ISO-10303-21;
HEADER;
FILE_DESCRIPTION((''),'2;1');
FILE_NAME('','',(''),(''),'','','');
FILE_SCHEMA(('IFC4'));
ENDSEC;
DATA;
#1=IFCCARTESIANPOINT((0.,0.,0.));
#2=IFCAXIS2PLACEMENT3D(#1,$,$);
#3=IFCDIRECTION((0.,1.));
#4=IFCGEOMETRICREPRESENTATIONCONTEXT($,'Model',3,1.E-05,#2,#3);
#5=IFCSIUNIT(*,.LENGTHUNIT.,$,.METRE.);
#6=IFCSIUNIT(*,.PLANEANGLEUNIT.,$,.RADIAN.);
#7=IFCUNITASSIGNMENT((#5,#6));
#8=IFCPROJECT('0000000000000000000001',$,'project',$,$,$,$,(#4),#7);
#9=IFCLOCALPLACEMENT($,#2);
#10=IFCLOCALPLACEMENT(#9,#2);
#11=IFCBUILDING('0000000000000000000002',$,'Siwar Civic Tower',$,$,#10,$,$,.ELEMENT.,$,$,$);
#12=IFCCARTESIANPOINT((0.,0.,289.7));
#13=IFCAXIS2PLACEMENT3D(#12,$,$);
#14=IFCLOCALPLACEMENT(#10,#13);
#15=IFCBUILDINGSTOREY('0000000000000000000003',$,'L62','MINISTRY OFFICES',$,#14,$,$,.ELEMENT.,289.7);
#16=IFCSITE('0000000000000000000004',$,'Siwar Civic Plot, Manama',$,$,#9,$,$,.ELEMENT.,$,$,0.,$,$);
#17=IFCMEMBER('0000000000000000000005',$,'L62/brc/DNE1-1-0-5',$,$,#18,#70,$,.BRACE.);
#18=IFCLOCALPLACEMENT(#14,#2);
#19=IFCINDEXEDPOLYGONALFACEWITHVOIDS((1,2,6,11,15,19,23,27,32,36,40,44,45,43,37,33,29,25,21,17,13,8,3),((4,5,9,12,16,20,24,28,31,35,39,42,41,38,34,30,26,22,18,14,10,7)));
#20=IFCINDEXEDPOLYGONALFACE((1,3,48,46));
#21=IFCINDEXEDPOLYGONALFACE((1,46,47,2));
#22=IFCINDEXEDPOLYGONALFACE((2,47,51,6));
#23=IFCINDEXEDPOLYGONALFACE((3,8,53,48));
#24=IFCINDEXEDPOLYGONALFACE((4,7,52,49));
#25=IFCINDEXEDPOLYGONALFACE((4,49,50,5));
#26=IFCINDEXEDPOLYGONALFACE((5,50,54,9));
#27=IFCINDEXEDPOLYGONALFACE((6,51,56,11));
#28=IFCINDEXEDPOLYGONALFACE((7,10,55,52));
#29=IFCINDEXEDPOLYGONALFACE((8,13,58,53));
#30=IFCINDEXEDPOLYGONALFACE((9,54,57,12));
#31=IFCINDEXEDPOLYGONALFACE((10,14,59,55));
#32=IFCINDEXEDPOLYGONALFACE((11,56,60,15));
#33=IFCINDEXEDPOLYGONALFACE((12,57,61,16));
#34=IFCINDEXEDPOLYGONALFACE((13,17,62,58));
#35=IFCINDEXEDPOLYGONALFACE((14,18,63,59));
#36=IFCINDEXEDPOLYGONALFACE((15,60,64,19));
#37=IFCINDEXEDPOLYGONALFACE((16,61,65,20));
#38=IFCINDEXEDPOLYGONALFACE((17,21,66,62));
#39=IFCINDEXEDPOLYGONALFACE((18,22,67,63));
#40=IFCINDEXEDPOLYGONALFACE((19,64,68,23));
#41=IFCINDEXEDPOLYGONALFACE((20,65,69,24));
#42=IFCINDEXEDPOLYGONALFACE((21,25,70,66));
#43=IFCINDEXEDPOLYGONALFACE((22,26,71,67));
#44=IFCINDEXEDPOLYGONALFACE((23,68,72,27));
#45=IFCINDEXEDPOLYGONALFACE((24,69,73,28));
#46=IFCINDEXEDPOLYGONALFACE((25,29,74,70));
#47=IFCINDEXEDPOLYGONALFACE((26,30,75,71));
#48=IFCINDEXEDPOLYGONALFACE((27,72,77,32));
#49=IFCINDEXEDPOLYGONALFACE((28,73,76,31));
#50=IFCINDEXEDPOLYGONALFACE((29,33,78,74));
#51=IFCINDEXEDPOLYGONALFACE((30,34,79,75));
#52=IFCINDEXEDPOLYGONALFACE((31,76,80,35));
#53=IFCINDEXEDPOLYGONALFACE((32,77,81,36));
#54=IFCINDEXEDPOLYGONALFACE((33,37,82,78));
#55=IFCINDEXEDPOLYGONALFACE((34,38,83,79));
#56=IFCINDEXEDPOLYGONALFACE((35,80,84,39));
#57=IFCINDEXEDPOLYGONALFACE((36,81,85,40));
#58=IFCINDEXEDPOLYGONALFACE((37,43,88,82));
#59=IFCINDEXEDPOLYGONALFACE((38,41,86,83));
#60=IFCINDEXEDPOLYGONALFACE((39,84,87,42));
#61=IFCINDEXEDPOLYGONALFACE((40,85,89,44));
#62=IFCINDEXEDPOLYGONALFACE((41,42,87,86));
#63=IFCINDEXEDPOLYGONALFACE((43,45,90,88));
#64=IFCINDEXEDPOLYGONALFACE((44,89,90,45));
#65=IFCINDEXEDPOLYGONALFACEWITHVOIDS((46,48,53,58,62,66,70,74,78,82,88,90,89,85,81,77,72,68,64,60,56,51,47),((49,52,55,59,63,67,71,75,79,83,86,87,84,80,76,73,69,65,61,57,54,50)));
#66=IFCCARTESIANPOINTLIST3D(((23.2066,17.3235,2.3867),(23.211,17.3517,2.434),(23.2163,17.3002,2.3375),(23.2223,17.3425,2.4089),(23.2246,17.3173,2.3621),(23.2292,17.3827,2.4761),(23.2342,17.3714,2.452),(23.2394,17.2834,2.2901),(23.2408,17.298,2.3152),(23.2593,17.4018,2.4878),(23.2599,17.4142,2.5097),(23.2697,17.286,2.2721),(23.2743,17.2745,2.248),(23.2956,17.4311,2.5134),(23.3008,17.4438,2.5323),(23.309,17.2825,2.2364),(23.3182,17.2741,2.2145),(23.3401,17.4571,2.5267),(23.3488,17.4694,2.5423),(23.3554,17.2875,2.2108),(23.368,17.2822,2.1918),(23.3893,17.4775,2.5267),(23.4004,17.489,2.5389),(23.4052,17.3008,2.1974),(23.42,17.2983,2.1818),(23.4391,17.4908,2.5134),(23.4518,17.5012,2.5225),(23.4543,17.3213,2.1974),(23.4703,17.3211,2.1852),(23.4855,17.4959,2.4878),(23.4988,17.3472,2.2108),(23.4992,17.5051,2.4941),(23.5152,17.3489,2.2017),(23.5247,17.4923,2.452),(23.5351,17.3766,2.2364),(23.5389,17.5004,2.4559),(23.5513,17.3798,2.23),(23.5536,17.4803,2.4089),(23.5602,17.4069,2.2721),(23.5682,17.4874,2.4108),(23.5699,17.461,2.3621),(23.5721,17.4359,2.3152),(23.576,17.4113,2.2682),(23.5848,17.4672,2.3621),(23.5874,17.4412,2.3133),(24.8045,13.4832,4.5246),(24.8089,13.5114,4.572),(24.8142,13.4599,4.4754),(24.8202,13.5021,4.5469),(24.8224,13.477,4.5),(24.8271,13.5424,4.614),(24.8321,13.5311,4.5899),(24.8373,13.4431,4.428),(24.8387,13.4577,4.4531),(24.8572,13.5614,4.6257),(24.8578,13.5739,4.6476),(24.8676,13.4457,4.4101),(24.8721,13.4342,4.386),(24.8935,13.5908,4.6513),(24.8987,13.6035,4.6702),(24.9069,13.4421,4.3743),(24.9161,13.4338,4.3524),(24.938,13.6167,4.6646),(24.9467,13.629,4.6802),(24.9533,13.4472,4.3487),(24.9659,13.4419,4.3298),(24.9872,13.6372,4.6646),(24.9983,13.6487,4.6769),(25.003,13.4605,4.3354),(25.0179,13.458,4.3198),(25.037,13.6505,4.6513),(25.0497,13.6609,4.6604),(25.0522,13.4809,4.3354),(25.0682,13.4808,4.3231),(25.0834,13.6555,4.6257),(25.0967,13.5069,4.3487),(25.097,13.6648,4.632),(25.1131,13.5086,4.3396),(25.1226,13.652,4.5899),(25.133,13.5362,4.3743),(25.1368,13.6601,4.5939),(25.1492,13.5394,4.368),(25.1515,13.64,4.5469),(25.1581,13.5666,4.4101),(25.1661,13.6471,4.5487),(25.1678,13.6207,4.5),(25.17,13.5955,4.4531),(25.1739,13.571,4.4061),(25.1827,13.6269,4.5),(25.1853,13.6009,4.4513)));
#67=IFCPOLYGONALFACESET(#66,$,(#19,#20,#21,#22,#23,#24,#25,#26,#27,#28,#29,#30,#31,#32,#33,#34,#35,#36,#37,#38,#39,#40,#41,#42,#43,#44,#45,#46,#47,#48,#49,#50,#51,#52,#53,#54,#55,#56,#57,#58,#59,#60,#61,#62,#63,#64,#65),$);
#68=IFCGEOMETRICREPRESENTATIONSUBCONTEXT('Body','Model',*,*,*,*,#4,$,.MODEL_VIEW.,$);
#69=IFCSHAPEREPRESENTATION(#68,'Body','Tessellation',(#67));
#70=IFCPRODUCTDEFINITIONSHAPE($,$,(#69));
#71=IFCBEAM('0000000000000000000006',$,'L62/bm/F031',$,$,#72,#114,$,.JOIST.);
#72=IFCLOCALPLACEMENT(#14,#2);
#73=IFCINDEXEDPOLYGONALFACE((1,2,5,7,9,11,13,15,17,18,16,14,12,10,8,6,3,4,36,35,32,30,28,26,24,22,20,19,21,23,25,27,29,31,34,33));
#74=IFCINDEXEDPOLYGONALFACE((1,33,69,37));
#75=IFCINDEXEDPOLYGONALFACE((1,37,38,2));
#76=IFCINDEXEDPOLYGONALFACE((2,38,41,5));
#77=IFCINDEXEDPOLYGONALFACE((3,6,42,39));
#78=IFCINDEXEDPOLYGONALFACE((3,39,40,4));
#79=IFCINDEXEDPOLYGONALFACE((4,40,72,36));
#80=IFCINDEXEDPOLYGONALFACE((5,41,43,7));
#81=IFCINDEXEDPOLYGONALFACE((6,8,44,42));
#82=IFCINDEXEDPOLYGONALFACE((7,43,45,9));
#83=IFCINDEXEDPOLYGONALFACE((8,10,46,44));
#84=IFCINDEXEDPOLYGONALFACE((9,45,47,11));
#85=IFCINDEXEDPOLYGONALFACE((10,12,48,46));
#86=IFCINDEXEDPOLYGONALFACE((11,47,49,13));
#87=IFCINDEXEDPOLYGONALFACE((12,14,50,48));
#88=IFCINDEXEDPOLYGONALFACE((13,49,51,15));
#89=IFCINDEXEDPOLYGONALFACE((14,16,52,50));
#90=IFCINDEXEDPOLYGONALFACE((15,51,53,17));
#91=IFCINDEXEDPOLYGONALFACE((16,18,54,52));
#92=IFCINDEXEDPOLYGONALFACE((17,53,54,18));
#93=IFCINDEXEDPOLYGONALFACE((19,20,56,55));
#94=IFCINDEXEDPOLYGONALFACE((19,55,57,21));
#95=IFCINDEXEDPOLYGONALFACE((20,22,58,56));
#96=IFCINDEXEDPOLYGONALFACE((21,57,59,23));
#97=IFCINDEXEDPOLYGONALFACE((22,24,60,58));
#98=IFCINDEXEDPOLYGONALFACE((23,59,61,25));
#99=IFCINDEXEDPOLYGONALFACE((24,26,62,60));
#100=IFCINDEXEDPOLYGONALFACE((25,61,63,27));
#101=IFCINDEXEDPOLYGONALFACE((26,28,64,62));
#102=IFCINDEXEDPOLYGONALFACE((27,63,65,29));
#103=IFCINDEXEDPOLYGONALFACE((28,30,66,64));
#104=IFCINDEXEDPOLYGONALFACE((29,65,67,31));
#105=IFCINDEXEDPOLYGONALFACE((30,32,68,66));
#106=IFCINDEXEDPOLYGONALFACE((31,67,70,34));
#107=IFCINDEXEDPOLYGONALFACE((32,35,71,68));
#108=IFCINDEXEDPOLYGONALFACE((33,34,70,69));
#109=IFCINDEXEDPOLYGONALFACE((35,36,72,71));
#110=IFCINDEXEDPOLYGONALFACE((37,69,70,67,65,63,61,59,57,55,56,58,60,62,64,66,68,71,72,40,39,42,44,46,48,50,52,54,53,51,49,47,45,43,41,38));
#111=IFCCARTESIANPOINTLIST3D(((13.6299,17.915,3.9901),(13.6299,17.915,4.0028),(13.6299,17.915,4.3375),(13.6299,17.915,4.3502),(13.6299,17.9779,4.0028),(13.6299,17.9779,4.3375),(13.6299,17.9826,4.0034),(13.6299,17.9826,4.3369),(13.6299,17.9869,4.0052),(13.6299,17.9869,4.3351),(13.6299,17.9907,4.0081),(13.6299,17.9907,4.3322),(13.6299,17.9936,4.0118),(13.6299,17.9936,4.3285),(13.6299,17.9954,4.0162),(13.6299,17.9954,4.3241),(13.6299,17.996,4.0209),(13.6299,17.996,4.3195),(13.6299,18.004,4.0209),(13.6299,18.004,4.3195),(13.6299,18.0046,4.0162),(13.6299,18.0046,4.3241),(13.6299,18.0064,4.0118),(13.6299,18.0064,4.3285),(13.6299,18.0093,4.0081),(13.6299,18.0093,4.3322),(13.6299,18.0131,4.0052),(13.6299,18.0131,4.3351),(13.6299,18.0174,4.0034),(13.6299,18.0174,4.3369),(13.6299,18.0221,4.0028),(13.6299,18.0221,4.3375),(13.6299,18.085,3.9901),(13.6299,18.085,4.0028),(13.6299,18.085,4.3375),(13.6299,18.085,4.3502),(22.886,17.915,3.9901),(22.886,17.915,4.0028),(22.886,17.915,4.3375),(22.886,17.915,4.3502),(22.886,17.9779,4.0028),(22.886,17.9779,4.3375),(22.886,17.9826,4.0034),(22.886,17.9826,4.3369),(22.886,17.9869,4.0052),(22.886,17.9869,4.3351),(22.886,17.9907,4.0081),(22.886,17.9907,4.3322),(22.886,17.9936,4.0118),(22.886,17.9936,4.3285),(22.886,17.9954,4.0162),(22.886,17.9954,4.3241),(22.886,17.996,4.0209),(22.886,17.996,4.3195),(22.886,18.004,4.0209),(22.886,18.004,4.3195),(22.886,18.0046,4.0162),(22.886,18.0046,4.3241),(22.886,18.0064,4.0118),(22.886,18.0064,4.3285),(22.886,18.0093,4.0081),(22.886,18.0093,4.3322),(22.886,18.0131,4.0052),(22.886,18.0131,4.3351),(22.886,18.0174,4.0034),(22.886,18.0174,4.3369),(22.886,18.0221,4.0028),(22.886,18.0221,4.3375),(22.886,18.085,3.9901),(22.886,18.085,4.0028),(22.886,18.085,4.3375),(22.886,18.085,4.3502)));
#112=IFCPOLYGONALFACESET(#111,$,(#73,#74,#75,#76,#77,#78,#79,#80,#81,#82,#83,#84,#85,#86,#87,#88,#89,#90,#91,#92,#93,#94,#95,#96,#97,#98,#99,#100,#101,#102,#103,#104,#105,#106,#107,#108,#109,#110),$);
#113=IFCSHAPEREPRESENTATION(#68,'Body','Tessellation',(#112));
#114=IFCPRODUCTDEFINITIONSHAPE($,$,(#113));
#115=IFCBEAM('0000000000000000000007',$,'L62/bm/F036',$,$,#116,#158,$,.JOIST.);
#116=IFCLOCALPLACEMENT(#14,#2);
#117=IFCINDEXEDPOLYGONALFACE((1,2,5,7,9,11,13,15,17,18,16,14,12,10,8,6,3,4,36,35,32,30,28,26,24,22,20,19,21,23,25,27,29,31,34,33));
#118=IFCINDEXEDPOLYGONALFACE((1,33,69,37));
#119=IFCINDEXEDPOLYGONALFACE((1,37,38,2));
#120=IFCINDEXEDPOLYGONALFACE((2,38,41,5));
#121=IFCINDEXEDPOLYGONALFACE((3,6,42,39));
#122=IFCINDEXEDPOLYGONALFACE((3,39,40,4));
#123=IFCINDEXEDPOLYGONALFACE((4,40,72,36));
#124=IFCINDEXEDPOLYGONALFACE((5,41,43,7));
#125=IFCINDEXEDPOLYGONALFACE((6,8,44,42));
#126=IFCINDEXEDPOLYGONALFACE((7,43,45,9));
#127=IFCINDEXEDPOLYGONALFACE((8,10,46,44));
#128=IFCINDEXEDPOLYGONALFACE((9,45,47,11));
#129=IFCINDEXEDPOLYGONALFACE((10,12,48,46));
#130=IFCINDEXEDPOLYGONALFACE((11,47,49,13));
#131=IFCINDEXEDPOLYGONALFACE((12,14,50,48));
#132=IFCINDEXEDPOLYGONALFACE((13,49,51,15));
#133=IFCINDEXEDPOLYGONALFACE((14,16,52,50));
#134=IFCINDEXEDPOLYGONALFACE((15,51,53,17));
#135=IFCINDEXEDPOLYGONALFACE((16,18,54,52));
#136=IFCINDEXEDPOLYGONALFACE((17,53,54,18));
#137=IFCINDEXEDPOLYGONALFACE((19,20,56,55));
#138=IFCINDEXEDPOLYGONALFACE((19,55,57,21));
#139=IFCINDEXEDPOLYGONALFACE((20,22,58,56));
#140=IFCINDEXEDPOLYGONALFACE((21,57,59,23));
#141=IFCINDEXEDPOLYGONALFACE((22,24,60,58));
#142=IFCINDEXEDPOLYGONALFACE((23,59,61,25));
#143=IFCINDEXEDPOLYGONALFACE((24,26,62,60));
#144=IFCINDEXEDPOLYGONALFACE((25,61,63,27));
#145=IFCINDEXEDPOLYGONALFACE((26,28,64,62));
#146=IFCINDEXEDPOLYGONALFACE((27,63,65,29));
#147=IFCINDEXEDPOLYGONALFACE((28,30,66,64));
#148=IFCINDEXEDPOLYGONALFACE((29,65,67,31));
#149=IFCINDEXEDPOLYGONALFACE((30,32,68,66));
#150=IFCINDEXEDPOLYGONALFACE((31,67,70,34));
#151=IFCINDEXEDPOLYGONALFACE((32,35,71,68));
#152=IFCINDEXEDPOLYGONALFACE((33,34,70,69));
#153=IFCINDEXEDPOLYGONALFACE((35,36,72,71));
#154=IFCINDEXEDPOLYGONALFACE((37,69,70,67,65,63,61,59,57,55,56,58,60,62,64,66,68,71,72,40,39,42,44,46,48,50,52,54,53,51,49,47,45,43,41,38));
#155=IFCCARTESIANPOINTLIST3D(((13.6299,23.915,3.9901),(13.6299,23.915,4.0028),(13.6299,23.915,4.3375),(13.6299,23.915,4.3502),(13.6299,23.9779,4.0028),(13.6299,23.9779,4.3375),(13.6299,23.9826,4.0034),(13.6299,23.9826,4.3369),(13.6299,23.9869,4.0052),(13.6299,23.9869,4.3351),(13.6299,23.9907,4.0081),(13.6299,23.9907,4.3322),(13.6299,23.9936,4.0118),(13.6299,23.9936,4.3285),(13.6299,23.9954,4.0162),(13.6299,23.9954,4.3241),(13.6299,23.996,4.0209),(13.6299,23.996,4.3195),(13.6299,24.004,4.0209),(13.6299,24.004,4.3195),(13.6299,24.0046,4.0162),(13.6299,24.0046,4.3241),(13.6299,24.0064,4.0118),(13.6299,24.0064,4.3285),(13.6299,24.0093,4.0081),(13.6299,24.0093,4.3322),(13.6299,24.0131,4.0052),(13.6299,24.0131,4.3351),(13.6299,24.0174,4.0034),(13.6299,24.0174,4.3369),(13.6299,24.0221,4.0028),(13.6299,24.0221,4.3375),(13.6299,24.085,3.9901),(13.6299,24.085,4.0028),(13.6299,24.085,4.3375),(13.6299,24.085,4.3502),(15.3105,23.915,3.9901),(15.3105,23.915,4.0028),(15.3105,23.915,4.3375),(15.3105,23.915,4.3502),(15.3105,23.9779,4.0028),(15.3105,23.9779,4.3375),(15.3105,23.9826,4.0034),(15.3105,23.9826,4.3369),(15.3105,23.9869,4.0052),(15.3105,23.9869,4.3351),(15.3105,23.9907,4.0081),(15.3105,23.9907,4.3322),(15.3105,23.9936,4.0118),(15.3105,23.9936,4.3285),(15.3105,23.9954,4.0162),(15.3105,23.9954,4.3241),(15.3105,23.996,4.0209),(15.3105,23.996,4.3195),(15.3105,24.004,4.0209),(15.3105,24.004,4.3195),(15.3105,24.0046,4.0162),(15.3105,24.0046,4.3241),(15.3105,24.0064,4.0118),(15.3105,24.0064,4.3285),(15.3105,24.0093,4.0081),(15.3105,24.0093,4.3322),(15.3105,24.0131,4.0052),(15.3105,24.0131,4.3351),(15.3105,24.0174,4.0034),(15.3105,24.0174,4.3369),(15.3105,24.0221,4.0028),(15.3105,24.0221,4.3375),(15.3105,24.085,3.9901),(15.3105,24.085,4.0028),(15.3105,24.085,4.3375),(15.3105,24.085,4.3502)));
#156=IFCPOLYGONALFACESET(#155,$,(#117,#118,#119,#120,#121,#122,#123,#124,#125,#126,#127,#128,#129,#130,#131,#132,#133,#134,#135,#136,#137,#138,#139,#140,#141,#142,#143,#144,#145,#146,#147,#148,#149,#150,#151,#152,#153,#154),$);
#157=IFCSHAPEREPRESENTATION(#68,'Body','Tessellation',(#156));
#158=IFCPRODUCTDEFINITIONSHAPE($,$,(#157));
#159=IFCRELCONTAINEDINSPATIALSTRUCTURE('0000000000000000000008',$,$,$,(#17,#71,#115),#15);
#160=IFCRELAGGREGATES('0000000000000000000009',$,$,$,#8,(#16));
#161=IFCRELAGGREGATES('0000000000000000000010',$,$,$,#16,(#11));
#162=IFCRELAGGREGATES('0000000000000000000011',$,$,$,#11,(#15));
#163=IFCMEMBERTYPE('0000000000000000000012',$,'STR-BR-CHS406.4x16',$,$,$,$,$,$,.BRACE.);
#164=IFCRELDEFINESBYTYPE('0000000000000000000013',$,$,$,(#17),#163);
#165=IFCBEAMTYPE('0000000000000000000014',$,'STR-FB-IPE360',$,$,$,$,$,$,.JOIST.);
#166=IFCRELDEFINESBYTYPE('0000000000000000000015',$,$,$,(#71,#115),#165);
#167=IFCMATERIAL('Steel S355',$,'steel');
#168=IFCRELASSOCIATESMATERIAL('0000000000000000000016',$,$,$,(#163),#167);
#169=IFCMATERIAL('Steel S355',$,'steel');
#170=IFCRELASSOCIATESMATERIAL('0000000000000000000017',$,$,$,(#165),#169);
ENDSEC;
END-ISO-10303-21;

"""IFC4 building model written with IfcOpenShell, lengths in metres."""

from ifc_helpers import new_model, si_unit, direction, frame, origin, origin_2d, place, context, subcontext, project, spatial, hollow_circle, i_section, extrude, material, material_profile, profile_set, type_object, element, save


model = new_model("IFC4")

# Units and contexts
model_context = context("Model", 3, precision=1e-05, world=origin(), true_north=direction((0.0, 1.0)))
body_context = subcontext(model_context, "Body", "Model", "MODEL_VIEW")
ifc_project = project(units=[si_unit("LENGTHUNIT", "METRE"), si_unit("PLANEANGLEUNIT", "RADIAN")], contexts=[model_context])

# Site, building, storey
site_placement = place(None, origin())
site = spatial("IfcSite", under=ifc_project, at=site_placement, Name="Siwar Civic Plot, Manama", CompositionType="ELEMENT", RefElevation=0.0)
building_placement = place(site_placement, origin())
building = spatial("IfcBuilding", under=site, at=building_placement, Name="Siwar Civic Tower", CompositionType="ELEMENT")
storey_placement = place(building_placement, frame((0.0, 0.0, 289.7)))
storey = spatial("IfcBuildingStorey", under=building, at=storey_placement, Name="L62", Description="MINISTRY OFFICES", CompositionType="ELEMENT", Elevation=289.7)

# Member
ifc_material_1 = material(Name="Steel S355", Category="steel")
ifc_material_profile_1 = material_profile(ifc_material_1, hollow_circle(Radius=0.2031, WallThickness=0.0161, at=origin_2d()), Name="CHS406.4x16")
ifc_profile_set_1 = profile_set([ifc_material_profile_1], Name="Steel S355")
member_type_1 = type_object("IfcMemberType", Name="STR-BR-CHS406.4x16", PredefinedType="BRACE", material=ifc_profile_set_1)
member_1_placement = place(storey_placement, frame((23.3972, 17.3892, 2.3621), z_axis=(0.341667, -0.82115, 0.45714), x_axis=(0.923268, 0.384157, 0.0)))
element("IfcMember", 1, at=member_1_placement, inside=storey, type_object=member_type_1, Name="L62/brc/DNE1-1-0-5", PredefinedType="BRACE", context=body_context, shape_type="SweptSolid", body=[
    extrude(hollow_circle(Radius=0.2031, WallThickness=0.0161, at=origin_2d()), origin(), (0.0, 0.0, 1.0), 4.6768),
])

# Beams
ifc_material_2 = material(Name="Steel S355", Category="steel")
ifc_material_profile_2 = material_profile(ifc_material_2, i_section(OverallWidth=0.1699, OverallDepth=0.3601, WebThickness=0.0081, FlangeThickness=0.0127, FilletRadius=0.0181, at=origin_2d()), Name="IPE360")
ifc_profile_set_2 = profile_set([ifc_material_profile_2], Name="Steel S355")
beam_type_1 = type_object("IfcBeamType", Name="STR-FB-IPE360", PredefinedType="JOIST", material=ifc_profile_set_2)
beam_1_placement = place(storey_placement, frame((13.6299, 18.0, 4.1702), z_axis=(1.0, 0.0, 0.0), x_axis=(0.0, 1.0, 0.0)))
element("IfcBeam", 2, at=beam_1_placement, inside=storey, type_object=beam_type_1, Name="L62/bm/F031", PredefinedType="JOIST", context=body_context, shape_type="SweptSolid", body=[
    extrude(i_section(OverallWidth=0.1699, OverallDepth=0.3601, WebThickness=0.0081, FlangeThickness=0.0127, FilletRadius=0.0181, at=origin_2d()), origin(), (0.0, 0.0, 1.0), 9.2561),
])
beam_2_placement = place(storey_placement, frame((13.6299, 24.0, 4.1702), z_axis=(1.0, 0.0, 0.0), x_axis=(0.0, 1.0, 0.0)))
element("IfcBeam", 3, at=beam_2_placement, inside=storey, type_object=beam_type_1, Name="L62/bm/F036", PredefinedType="JOIST", context=body_context, shape_type="SweptSolid", body=[
    extrude(i_section(OverallWidth=0.1699, OverallDepth=0.3601, WebThickness=0.0081, FlangeThickness=0.0127, FilletRadius=0.0181, at=origin_2d()), origin(), (0.0, 0.0, 1.0), 1.6807),
])

save(model, "model.ifc")
